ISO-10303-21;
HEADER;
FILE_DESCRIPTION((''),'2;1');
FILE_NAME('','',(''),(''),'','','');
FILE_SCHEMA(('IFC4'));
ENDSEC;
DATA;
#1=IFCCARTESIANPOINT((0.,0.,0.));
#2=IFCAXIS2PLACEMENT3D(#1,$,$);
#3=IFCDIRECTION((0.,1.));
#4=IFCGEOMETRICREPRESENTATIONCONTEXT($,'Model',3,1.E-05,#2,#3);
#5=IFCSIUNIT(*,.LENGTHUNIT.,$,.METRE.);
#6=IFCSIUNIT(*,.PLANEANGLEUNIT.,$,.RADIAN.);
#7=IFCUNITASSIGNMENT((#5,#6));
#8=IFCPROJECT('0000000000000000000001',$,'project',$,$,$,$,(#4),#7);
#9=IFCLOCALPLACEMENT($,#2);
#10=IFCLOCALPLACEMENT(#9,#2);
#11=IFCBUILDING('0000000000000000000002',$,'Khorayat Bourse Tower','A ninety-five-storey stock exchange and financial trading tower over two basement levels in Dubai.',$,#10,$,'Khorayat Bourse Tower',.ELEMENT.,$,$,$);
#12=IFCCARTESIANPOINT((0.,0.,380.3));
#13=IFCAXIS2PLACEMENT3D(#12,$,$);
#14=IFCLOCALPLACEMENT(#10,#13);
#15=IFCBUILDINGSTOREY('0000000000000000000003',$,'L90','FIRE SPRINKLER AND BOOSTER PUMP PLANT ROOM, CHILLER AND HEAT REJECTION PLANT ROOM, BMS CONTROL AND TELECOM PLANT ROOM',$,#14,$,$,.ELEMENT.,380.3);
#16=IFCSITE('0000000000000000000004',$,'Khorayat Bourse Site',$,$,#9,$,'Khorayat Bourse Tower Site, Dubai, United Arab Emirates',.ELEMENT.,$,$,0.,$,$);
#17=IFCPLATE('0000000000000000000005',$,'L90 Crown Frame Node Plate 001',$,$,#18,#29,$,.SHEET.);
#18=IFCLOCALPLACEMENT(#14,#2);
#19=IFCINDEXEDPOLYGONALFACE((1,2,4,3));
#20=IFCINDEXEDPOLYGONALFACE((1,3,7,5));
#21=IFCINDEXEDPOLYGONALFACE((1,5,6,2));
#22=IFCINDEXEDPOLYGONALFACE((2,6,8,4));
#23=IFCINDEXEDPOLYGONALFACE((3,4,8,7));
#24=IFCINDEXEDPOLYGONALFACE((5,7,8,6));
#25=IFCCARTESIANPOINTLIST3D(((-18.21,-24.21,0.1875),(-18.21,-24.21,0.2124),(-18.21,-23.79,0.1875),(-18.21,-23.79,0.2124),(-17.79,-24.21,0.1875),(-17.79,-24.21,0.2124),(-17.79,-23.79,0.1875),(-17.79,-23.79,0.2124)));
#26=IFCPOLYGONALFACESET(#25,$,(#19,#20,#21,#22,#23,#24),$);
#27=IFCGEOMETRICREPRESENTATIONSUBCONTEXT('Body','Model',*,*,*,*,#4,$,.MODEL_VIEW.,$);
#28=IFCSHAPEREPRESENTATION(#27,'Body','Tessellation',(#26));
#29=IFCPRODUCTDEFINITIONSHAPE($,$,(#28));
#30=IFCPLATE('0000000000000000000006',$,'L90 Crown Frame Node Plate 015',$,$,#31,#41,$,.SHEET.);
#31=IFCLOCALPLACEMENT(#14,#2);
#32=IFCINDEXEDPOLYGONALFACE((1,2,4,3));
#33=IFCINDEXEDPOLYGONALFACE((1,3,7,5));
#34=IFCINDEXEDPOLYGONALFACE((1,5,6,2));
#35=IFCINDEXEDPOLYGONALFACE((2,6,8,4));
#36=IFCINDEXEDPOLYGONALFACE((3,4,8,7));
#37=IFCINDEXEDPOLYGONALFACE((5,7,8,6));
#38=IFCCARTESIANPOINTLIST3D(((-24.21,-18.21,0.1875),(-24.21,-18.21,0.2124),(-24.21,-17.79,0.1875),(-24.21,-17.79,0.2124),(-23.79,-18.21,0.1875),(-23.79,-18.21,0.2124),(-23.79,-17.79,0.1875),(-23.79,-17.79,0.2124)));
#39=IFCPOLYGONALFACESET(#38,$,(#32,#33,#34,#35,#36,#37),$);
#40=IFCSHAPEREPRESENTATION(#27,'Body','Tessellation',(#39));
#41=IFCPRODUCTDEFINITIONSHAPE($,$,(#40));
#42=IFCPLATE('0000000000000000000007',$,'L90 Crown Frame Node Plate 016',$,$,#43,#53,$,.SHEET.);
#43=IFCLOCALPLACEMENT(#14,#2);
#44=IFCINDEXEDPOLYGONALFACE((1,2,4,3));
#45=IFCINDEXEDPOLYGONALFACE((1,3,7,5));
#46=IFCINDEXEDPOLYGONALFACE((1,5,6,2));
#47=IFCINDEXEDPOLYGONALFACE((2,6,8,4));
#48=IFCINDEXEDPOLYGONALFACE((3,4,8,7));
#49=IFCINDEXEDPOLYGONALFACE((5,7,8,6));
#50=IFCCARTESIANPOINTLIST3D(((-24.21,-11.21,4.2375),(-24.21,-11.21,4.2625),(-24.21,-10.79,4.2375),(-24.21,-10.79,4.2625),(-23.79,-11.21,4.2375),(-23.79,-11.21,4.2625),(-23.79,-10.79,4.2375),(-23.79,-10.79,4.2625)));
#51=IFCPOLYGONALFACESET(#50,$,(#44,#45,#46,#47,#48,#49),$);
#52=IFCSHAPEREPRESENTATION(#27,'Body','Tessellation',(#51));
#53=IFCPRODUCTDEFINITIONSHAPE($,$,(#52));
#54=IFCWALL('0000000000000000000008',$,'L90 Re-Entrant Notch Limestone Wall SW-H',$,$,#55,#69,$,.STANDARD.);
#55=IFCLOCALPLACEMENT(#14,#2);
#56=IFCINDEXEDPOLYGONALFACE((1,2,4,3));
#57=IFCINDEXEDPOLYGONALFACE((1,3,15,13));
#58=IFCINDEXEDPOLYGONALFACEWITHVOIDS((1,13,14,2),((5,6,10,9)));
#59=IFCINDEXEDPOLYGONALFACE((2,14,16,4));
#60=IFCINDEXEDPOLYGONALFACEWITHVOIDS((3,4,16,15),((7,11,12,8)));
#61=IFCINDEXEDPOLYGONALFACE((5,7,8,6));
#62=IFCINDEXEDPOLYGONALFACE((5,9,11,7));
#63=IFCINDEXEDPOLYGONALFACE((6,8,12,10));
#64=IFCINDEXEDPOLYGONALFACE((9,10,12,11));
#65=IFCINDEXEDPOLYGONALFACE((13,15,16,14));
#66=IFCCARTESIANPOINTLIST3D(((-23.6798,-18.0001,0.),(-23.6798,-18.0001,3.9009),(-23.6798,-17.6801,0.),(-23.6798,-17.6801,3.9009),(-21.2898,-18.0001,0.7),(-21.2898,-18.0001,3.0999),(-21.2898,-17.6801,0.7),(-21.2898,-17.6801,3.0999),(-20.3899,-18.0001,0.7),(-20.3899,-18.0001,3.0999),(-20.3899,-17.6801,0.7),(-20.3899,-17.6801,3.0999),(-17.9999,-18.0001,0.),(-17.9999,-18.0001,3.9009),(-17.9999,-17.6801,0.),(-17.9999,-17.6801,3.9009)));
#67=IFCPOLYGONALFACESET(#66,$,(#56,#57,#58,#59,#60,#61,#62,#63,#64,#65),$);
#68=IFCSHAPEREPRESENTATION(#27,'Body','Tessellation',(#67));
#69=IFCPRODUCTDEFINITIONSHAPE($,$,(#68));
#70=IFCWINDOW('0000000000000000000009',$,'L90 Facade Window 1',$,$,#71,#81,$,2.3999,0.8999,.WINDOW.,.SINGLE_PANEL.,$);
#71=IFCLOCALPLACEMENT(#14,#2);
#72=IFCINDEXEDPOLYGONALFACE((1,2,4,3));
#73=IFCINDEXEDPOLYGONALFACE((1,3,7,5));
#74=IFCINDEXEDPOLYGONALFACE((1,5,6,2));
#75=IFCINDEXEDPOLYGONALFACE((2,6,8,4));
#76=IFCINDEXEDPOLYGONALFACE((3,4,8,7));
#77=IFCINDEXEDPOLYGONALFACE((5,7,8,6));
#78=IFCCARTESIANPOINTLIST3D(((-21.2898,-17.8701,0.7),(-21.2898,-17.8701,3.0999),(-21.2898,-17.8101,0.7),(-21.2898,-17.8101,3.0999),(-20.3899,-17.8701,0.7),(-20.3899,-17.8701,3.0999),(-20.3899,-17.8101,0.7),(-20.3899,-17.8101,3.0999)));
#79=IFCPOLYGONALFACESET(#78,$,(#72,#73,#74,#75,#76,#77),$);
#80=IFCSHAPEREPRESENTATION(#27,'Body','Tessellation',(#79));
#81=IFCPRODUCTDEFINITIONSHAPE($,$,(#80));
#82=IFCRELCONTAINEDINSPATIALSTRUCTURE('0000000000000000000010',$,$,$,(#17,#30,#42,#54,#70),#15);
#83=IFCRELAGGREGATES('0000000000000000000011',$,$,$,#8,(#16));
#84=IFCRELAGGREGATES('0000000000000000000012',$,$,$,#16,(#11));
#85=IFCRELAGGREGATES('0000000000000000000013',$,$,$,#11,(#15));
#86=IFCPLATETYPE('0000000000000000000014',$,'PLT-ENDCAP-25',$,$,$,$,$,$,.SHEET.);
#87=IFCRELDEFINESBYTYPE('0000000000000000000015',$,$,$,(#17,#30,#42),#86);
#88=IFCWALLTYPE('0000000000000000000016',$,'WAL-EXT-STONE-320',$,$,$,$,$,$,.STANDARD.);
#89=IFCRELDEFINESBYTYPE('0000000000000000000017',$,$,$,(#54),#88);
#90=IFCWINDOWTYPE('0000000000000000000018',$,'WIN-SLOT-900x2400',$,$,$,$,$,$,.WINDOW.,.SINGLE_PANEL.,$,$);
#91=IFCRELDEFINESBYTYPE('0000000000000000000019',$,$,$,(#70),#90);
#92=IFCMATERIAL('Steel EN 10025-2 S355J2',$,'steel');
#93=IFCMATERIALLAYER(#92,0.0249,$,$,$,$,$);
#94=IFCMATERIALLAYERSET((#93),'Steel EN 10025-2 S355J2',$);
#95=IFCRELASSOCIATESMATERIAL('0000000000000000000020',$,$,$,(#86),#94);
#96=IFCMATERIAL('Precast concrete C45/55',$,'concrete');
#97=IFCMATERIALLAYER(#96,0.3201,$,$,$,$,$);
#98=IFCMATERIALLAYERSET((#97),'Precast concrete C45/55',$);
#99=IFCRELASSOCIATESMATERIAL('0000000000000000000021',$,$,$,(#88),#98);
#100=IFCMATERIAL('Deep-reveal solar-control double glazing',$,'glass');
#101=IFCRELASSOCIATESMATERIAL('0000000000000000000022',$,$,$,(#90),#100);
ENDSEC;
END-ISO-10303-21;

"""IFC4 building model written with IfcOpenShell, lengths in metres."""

from ifc_helpers import new_model, si_unit, direction, frame, frame_2d, origin, origin_2d, place, context, subcontext, project, spatial, rectangle, extrude, source, transform, mapped, material, layer, layer_set, type_object, element, fill, save


model = new_model("IFC4")

# Units and contexts
model_context = context("Model", 3, precision=1e-05, world=origin(), true_north=direction((0.0, 1.0)))
body_context = subcontext(model_context, "Body", "Model", "MODEL_VIEW")
ifc_project = project(units=[si_unit("LENGTHUNIT", "METRE"), si_unit("PLANEANGLEUNIT", "RADIAN")], contexts=[model_context])

# Site, building, storey
site_placement = place(None, origin())
site = spatial("IfcSite", under=ifc_project, at=site_placement, Name="Khorayat Bourse Site", LongName="Khorayat Bourse Tower Site, Dubai, United Arab Emirates", CompositionType="ELEMENT", RefElevation=0.0)
building_placement = place(site_placement, origin())
building = spatial("IfcBuilding", under=site, at=building_placement, Name="Khorayat Bourse Tower", Description="A ninety-five-storey stock exchange and financial trading tower over two basement levels in Dubai.", LongName="Khorayat Bourse Tower", CompositionType="ELEMENT")
storey_placement = place(building_placement, frame((0.0, 0.0, 380.3)))
storey = spatial("IfcBuildingStorey", under=building, at=storey_placement, Name="L90", Description="FIRE SPRINKLER AND BOOSTER PUMP PLANT ROOM, CHILLER AND HEAT REJECTION PLANT ROOM, BMS CONTROL AND TELECOM PLANT ROOM", CompositionType="ELEMENT", Elevation=380.3)

# Shared definitions
ifc_material_1 = material(Name="Steel EN 10025-2 S355J2", Category="steel")

# Plates
ifc_layer_1 = layer(ifc_material_1, 0.0249)
ifc_layer_set_1 = layer_set([ifc_layer_1], Name="Steel EN 10025-2 S355J2")
plate_type = type_object("IfcPlateType", Name="PLT-ENDCAP-25", PredefinedType="SHEET", material=ifc_layer_set_1)
shared_shape_1 = source(origin(), body_context, "Body", "SweptSolid", [
    extrude(rectangle(XDim=0.4199, YDim=0.4199, at=origin_2d()), origin(), (0.0, 0.0, 1.0), 0.0249),
])
for number, where, z_axis, x_axis, name in (
    (1, (-18.0, -24.0, 0.1875), (0.0, 0.0, 1.0), (1.0, 0.0, 0.0), "L90 Crown Frame Node Plate 001"),
    (2, (-24.0, -18.0, 0.1875), (0.0, 0.0, 1.0), (1.0, 0.0, 0.0), "L90 Crown Frame Node Plate 015"),
    (3, (-24.0, -11.0, 4.2375), (0.0, 0.0, 1.0), (1.0, 0.0, 0.0), "L90 Crown Frame Node Plate 016"),
):
    element("IfcPlate", number, at=place(storey_placement, frame(where, z_axis=z_axis, x_axis=x_axis)), inside=storey, type_object=plate_type, Name=name, PredefinedType="SHEET", context=body_context, shape_type="MappedRepresentation", body=[
        mapped(shared_shape_1, transform((0.0, 0.0, 0.0), scale=1.0)),
    ])

# Wall, opening, window
ifc_material_2 = material(Name="Precast concrete C45/55", Category="concrete")
ifc_layer_2 = layer(ifc_material_2, 0.3201)
ifc_layer_set_2 = layer_set([ifc_layer_2], Name="Precast concrete C45/55")
wall_type = type_object("IfcWallType", Name="WAL-EXT-STONE-320", PredefinedType="STANDARD", material=ifc_layer_set_2)
shared_shape_2 = source(origin(), body_context, "Body", "SweptSolid", [
    extrude(rectangle(XDim=5.6799, YDim=0.3201, at=frame_2d((2.8398, 0.0))), origin(), (0.0, 0.0, 1.0), 3.9009),
])
wall_placement = place(storey_placement, frame((-18.0, -17.8401, 0.0), z_axis=(0.0, 0.0, 1.0), x_axis=(-1.0, 0.0, 0.0)))
wall = element("IfcWall", 4, at=wall_placement, inside=storey, type_object=wall_type, Name="L90 Re-Entrant Notch Limestone Wall SW-H", PredefinedType="STANDARD", context=body_context, shape_type="MappedRepresentation", body=[
    mapped(shared_shape_2, transform((0.0, 0.0, 0.0), scale=1.0)),
])
shared_shape_3 = source(origin(), body_context, "Body", "SweptSolid", [
    extrude(rectangle(XDim=0.8999, YDim=2.3999, at=frame_2d((0.45, 1.2))), frame((0.0, 0.1699, 0.0), z_axis=(0.0, -1.0, 0.0), x_axis=(1.0, 0.0, 0.0)), (0.0, 0.0, 1.0), 0.3401),
])
opening_placement = place(wall_placement, frame((2.3899, 0.0, 0.7)))
opening = element("IfcOpeningElement", 5, at=opening_placement, cuts=wall, PredefinedType="OPENING", context=body_context, shape_type="MappedRepresentation", body=[
    mapped(shared_shape_3, transform((0.0, 0.0, 0.0), scale=1.0)),
])
ifc_material_3 = material(Name="Deep-reveal solar-control double glazing", Category="glass")
window_type = type_object("IfcWindowType", Name="WIN-SLOT-900x2400", PartitioningType="SINGLE_PANEL", PredefinedType="WINDOW", material=ifc_material_3)
shared_shape_4 = source(origin(), body_context, "Body", "SweptSolid", [
    extrude(rectangle(XDim=0.8999, YDim=2.3999, at=frame_2d((0.45, 1.2))), frame((0.0, 0.03, 0.0), z_axis=(0.0, -1.0, 0.0), x_axis=(1.0, 0.0, 0.0)), (0.0, 0.0, 1.0), 0.0601),
])
window_placement = place(opening_placement, origin())
window = element("IfcWindow", 6, at=window_placement, inside=storey, type_object=window_type, Name="L90 Facade Window 1", OverallHeight=2.3999, OverallWidth=0.8999, PartitioningType="SINGLE_PANEL", PredefinedType="WINDOW", context=body_context, shape_type="MappedRepresentation", body=[
    mapped(shared_shape_4, transform((0.0, 0.0, 0.0), scale=1.0)),
])
fill(opening, window)

save(model, "model.ifc")
